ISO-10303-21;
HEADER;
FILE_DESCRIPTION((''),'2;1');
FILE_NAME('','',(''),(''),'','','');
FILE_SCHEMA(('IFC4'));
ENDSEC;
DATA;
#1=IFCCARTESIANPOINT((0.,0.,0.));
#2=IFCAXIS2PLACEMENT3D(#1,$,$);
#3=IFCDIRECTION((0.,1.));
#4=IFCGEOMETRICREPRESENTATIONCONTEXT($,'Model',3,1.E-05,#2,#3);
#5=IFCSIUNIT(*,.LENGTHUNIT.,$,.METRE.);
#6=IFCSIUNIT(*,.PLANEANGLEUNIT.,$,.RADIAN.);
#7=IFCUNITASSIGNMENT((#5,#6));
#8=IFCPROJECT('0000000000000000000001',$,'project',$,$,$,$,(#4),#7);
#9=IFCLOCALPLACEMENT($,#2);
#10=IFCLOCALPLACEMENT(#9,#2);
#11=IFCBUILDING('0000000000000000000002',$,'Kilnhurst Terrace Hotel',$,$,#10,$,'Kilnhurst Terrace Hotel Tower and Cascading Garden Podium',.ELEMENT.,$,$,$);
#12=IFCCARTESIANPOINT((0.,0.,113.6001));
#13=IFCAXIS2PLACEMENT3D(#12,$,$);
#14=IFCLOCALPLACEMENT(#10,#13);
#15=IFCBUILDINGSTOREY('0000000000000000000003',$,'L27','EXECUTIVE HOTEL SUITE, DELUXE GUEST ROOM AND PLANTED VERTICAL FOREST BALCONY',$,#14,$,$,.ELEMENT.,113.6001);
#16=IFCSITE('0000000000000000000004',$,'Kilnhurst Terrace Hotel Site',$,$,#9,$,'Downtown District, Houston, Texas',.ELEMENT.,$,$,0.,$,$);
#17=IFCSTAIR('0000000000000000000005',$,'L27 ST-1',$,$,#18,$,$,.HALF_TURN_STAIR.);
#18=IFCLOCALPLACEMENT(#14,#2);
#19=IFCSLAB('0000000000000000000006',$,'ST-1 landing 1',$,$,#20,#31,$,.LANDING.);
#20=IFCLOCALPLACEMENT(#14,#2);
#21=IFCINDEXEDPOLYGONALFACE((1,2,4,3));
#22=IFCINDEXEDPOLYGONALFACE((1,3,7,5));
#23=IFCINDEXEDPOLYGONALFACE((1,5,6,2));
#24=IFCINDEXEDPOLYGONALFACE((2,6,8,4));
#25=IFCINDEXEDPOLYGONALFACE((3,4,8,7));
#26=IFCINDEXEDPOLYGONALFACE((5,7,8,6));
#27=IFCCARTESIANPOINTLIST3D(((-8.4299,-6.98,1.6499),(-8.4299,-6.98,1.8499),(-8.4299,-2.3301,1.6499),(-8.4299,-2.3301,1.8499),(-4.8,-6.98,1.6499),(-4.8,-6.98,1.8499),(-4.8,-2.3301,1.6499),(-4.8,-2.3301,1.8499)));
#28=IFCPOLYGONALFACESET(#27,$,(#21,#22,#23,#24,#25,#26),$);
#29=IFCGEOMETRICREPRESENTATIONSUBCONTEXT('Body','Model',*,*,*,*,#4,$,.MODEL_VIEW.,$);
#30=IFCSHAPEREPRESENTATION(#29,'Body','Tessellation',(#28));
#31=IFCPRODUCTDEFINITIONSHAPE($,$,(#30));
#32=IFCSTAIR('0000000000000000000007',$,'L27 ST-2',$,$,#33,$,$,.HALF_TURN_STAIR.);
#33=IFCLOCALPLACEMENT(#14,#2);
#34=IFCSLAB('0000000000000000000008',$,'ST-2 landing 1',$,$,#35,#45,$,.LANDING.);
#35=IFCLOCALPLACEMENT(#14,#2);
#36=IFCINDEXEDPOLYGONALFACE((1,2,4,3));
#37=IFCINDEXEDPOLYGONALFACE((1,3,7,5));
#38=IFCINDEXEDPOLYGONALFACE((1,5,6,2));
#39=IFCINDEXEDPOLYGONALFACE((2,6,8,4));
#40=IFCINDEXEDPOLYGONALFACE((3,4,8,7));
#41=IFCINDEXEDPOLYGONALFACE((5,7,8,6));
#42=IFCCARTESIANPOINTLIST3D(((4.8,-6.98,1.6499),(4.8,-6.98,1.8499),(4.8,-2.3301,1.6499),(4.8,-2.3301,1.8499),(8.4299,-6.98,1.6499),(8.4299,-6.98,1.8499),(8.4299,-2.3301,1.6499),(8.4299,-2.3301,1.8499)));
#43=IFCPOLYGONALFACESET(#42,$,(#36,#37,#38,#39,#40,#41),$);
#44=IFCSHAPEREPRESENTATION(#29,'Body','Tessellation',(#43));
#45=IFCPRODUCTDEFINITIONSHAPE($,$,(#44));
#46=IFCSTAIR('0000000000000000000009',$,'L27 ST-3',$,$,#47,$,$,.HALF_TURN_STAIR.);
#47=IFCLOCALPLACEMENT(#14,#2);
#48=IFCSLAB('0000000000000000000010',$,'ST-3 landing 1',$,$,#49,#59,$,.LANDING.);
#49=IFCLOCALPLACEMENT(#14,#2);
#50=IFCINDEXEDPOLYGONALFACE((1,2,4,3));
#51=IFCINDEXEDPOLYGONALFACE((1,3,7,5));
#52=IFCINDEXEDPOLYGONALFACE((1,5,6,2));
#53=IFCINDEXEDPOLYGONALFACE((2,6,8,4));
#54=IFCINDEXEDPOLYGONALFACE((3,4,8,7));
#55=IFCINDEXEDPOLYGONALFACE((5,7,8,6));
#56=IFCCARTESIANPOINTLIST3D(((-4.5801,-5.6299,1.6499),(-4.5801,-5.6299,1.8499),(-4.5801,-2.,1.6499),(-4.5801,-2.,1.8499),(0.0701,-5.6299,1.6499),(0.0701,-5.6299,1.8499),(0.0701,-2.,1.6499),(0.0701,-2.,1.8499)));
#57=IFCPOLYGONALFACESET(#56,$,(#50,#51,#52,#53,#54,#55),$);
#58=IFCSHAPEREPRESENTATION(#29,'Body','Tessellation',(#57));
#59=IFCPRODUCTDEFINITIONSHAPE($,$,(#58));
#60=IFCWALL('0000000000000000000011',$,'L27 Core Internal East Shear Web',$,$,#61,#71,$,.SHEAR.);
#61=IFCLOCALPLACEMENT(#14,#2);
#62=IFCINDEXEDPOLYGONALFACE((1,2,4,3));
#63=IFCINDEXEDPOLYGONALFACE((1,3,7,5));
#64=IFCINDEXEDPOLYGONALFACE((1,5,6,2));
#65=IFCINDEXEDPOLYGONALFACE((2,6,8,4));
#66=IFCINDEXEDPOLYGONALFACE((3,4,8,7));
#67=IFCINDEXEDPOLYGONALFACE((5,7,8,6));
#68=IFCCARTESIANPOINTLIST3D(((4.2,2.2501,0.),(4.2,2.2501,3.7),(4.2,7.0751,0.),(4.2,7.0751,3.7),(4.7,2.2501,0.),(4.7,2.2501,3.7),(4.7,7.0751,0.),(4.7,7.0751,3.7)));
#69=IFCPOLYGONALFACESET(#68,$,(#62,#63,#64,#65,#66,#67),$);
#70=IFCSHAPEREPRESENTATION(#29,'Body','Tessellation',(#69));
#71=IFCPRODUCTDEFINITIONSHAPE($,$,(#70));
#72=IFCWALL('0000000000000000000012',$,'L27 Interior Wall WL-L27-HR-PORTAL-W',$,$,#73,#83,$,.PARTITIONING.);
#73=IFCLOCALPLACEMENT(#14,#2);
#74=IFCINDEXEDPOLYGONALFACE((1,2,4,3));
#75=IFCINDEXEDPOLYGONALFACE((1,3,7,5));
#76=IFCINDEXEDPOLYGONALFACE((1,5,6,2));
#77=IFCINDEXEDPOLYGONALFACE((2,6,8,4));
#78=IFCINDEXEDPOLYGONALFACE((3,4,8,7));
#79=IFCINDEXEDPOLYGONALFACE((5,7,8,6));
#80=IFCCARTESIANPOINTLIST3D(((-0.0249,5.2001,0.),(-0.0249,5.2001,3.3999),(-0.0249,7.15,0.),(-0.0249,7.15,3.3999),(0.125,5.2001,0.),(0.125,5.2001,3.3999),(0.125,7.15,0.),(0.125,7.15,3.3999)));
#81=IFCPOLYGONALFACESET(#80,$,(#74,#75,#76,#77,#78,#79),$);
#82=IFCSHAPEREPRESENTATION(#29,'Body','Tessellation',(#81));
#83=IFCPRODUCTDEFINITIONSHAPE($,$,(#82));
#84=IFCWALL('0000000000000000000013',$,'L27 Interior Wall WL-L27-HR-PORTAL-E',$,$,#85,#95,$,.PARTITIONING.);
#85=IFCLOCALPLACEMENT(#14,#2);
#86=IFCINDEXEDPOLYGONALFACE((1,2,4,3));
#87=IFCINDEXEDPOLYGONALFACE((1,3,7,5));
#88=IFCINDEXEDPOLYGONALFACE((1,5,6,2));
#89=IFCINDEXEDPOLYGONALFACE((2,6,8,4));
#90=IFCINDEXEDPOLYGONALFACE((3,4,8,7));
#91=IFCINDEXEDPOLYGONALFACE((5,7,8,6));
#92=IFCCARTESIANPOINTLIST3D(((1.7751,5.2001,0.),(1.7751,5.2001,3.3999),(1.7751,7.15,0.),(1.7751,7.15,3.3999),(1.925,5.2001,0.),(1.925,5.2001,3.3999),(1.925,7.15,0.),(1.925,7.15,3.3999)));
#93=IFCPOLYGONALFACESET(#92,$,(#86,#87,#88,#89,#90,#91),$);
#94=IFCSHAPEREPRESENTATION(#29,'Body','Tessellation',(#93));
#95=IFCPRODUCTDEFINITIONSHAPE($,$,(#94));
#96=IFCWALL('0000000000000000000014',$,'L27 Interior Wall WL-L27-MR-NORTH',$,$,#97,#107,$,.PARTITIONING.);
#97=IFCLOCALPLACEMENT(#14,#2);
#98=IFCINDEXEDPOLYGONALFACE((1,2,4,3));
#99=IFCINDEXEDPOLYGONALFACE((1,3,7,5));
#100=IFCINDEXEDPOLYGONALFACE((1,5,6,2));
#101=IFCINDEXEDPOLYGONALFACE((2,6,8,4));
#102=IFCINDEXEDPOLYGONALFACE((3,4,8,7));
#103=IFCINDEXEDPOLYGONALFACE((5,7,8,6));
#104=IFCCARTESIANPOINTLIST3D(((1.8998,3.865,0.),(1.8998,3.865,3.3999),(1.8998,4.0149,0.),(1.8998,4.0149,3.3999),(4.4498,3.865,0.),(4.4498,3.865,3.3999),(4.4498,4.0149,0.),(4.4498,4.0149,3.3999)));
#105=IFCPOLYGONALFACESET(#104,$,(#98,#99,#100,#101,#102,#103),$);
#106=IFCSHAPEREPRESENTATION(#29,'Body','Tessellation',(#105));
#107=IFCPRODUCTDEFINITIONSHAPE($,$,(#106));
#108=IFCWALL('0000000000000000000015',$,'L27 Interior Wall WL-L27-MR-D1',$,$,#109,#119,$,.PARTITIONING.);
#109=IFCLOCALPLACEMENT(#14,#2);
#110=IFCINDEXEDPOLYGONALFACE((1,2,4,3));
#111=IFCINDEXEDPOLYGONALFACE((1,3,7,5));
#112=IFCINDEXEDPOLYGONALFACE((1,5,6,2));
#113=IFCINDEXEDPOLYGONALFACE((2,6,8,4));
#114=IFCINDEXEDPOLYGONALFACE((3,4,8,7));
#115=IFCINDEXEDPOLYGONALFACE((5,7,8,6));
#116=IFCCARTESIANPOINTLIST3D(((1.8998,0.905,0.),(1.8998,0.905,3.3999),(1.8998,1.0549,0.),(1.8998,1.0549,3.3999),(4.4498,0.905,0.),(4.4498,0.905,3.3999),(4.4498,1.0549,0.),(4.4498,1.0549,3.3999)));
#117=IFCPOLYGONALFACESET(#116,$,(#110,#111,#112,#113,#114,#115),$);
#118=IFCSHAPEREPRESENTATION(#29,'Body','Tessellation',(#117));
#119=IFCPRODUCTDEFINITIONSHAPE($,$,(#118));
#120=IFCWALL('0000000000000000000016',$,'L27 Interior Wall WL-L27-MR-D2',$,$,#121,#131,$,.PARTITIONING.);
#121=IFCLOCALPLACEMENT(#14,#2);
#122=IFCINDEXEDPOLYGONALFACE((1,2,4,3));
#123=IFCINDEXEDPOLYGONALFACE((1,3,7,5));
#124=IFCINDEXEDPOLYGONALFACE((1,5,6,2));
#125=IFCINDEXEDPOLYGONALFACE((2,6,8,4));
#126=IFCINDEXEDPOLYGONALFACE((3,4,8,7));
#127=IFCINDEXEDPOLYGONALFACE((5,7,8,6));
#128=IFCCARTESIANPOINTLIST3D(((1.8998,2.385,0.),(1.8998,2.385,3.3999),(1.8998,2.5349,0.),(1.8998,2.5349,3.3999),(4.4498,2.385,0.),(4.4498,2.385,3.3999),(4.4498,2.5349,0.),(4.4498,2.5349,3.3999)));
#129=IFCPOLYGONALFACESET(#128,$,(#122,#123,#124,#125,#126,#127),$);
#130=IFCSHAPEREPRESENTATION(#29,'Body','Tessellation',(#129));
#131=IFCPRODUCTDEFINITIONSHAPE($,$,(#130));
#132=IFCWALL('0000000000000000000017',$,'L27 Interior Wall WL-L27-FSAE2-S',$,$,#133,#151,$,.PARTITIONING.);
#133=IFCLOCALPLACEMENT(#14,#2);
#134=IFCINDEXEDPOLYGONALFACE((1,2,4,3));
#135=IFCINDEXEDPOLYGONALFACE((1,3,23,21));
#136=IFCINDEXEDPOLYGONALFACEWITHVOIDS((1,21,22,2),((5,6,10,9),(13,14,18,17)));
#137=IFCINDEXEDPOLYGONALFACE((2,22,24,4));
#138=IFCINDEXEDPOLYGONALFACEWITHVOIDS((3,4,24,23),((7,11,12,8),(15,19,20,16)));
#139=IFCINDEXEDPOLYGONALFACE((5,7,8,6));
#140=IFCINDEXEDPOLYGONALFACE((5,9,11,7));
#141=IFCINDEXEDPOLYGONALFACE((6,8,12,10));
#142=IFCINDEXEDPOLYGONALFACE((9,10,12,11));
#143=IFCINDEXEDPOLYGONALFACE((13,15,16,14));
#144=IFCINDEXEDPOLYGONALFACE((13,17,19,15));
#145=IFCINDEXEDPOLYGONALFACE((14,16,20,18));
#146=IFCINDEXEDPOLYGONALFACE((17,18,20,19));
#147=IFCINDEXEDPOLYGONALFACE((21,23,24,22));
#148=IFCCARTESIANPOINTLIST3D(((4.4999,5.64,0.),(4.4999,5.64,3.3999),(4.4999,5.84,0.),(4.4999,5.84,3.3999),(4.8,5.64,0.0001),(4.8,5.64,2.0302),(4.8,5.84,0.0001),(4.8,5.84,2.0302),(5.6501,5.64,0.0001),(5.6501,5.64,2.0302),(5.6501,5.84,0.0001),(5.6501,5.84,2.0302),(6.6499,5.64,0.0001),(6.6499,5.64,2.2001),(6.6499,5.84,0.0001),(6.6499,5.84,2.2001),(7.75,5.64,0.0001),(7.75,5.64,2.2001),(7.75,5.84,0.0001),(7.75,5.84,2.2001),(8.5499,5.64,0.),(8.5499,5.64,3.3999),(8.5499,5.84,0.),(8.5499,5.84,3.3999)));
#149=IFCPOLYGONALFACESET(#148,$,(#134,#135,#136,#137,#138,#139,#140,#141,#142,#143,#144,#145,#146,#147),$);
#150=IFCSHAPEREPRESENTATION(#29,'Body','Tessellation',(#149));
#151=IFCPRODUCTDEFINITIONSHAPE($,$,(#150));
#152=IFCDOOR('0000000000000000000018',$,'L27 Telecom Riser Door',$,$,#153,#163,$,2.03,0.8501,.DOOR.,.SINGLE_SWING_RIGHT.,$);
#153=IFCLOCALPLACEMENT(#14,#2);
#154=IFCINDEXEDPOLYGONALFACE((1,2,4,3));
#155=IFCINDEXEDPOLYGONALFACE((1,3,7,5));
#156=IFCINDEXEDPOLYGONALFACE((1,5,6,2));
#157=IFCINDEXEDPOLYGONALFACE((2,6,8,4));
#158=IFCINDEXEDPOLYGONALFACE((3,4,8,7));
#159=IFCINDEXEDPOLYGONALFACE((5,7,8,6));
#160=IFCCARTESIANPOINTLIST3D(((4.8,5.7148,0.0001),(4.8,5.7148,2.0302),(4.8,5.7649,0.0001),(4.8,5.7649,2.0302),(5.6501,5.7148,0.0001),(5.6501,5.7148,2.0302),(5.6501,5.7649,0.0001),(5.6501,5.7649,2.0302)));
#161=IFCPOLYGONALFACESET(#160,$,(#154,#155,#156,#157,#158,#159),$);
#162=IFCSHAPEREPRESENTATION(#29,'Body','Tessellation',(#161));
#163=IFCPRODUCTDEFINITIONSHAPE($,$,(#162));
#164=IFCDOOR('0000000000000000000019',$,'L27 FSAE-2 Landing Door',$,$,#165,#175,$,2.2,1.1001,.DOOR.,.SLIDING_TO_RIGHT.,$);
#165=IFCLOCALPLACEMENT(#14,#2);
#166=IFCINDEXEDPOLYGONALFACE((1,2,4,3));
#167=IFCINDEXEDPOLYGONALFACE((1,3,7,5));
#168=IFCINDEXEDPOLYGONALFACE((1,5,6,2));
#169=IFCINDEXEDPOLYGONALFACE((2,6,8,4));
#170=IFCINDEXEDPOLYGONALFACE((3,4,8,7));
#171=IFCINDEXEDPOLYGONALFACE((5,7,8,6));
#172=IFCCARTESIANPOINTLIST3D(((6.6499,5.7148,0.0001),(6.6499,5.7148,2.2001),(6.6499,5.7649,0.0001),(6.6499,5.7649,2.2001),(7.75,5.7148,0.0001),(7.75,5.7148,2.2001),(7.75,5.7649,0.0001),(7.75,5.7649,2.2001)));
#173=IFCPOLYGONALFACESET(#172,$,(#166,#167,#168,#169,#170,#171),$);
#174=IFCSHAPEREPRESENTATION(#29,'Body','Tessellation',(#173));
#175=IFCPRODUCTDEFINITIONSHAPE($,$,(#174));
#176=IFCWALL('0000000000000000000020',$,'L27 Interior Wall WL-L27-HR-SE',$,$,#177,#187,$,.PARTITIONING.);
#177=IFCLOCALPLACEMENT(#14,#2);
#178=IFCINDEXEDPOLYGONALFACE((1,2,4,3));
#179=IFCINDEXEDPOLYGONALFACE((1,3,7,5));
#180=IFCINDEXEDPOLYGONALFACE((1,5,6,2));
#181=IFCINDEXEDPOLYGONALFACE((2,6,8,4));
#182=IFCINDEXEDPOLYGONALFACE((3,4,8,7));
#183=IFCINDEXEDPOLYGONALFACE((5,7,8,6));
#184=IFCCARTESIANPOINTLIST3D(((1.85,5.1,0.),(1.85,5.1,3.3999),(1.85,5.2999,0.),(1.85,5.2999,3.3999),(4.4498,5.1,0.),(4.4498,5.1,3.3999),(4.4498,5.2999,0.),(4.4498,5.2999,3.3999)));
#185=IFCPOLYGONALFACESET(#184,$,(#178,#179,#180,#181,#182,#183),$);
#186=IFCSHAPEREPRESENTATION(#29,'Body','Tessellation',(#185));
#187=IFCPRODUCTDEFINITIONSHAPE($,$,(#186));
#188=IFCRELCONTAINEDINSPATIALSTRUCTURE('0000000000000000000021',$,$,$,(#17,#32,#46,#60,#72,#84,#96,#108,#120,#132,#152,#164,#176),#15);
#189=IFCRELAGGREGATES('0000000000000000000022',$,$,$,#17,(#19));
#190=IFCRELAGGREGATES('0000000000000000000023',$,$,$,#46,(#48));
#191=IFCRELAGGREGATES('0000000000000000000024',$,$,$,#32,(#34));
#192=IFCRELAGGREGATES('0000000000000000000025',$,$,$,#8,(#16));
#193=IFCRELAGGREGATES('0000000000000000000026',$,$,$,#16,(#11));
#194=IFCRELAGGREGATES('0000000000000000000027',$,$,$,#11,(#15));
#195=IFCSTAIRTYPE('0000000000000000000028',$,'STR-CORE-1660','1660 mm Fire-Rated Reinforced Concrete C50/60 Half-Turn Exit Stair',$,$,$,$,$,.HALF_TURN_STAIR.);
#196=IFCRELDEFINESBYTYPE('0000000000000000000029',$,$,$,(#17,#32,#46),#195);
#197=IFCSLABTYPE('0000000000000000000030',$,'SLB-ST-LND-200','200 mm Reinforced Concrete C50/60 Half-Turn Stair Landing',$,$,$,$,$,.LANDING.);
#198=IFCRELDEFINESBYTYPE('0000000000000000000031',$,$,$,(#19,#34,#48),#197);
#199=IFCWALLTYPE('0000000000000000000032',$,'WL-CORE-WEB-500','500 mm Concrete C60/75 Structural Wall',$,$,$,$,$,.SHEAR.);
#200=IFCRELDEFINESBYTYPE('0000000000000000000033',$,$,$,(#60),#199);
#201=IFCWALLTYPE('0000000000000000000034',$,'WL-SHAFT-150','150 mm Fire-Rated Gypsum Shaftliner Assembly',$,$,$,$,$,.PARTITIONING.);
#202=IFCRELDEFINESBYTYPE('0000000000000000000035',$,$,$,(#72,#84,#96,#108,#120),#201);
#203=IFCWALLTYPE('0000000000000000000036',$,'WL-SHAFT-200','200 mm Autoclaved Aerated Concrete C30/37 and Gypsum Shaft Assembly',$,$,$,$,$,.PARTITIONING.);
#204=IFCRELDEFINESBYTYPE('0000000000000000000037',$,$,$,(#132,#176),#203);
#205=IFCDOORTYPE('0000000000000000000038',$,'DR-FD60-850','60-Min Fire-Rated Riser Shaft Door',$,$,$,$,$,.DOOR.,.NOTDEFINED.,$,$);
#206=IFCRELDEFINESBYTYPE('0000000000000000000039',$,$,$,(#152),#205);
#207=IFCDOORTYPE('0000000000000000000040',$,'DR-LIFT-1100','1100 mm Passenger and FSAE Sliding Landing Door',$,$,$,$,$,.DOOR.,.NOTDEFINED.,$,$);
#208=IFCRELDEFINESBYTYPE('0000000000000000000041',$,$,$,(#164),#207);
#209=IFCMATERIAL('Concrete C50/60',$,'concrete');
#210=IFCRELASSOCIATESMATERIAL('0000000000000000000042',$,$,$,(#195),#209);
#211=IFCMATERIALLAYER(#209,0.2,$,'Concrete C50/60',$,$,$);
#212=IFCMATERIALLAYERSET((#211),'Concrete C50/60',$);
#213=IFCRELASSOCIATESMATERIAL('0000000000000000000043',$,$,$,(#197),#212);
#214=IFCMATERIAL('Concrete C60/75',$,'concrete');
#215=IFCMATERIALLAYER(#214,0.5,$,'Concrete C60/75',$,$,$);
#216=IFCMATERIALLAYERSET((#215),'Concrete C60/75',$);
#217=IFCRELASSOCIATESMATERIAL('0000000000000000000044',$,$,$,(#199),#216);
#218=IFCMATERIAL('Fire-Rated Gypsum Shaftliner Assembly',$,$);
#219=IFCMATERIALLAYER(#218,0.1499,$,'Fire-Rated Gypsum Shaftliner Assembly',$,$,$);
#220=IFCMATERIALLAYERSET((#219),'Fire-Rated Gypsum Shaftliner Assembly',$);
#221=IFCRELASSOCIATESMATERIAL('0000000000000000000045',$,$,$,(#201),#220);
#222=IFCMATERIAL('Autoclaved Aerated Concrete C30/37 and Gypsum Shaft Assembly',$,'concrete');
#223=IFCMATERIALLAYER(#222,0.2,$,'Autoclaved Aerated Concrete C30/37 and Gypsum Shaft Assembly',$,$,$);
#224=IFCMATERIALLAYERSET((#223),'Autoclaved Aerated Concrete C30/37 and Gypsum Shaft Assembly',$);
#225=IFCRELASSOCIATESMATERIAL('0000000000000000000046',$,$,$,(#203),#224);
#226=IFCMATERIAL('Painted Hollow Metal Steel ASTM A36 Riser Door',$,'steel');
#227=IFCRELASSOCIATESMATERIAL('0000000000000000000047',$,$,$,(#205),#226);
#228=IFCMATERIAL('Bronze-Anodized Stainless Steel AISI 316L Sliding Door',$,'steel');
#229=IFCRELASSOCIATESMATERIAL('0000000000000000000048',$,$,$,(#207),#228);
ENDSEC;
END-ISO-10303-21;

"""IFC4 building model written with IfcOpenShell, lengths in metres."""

from ifc_helpers import new_model, si_unit, direction, frame, frame_2d, origin, place, context, subcontext, project, spatial, polyline, rectangle, outline, extrude, material, layer, layer_set, type_object, element, fill, aggregate, save


model = new_model("IFC4")

# Units and contexts
model_context = context("Model", 3, precision=1e-05, world=origin(), true_north=direction((0.0, 1.0)))
body_context = subcontext(model_context, "Body", "Model", "MODEL_VIEW")
ifc_project = project(units=[si_unit("LENGTHUNIT", "METRE"), si_unit("PLANEANGLEUNIT", "RADIAN")], contexts=[model_context])

# Site, building, storey
site_placement = place(None, origin())
site = spatial("IfcSite", under=ifc_project, at=site_placement, Name="Kilnhurst Terrace Hotel Site", LongName="Downtown District, Houston, Texas", CompositionType="ELEMENT", RefElevation=0.0)
building_placement = place(site_placement, origin())
building = spatial("IfcBuilding", under=site, at=building_placement, Name="Kilnhurst Terrace Hotel", LongName="Kilnhurst Terrace Hotel Tower and Cascading Garden Podium", CompositionType="ELEMENT")
storey_placement = place(building_placement, frame((0.0, 0.0, 113.6001)))
storey = spatial("IfcBuildingStorey", under=building, at=storey_placement, Name="L27", Description="EXECUTIVE HOTEL SUITE, DELUXE GUEST ROOM AND PLANTED VERTICAL FOREST BALCONY", CompositionType="ELEMENT", Elevation=113.6001)

# Stairs, slabs
ifc_material_1 = material(Name="Concrete C50/60", Category="concrete")
stair_type = type_object("IfcStairType", Name="STR-CORE-1660", Description="1660 mm Fire-Rated Reinforced Concrete C50/60 Half-Turn Exit Stair", PredefinedType="HALF_TURN_STAIR", material=ifc_material_1)
stair_1_placement = place(storey_placement, origin())
stair_1 = element("IfcStair", 1, at=stair_1_placement, inside=storey, type_object=stair_type, Name="L27 ST-1", PredefinedType="HALF_TURN_STAIR")
ifc_layer_1 = layer(ifc_material_1, 0.2, Name="Concrete C50/60")
ifc_layer_set_1 = layer_set([ifc_layer_1], Name="Concrete C50/60")
slab_type = type_object("IfcSlabType", Name="SLB-ST-LND-200", Description="200 mm Reinforced Concrete C50/60 Half-Turn Stair Landing", PredefinedType="LANDING", material=ifc_layer_set_1)
slab_1_placement = place(storey_placement, frame((0.0, 0.0, 1.6499)))
slab_1 = element("IfcSlab", 2, at=slab_1_placement, type_object=slab_type, Name="ST-1 landing 1", PredefinedType="LANDING", context=body_context, shape_type="SweptSolid", body=[
    extrude(outline(polyline([(-8.4299, -2.3301), (-4.8, -2.3301), (-4.8, -6.98), (-8.4299, -6.98), (-8.4299, -2.3301)])), origin(), (0.0, 0.0, 1.0), 0.2),
])
aggregate(stair_1, [slab_1])
stair_2_placement = place(storey_placement, origin())
stair_2 = element("IfcStair", 3, at=stair_2_placement, inside=storey, type_object=stair_type, Name="L27 ST-2", PredefinedType="HALF_TURN_STAIR")
slab_2_placement = place(storey_placement, frame((0.0, 0.0, 1.6499)))
slab_2 = element("IfcSlab", 4, at=slab_2_placement, type_object=slab_type, Name="ST-2 landing 1", PredefinedType="LANDING", context=body_context, shape_type="SweptSolid", body=[
    extrude(outline(polyline([(4.8, -2.3301), (8.4299, -2.3301), (8.4299, -6.98), (4.8, -6.98), (4.8, -2.3301)])), origin(), (0.0, 0.0, 1.0), 0.2),
])
stair_3_placement = place(storey_placement, origin())
stair_3 = element("IfcStair", 5, at=stair_3_placement, inside=storey, type_object=stair_type, Name="L27 ST-3", PredefinedType="HALF_TURN_STAIR")
slab_3_placement = place(storey_placement, frame((0.0, 0.0, 1.6499)))
slab_3 = element("IfcSlab", 6, at=slab_3_placement, type_object=slab_type, Name="ST-3 landing 1", PredefinedType="LANDING", context=body_context, shape_type="SweptSolid", body=[
    extrude(outline(polyline([(0.0701, -2.0), (0.0701, -5.6299), (-4.5801, -5.6299), (-4.5801, -2.0), (0.0701, -2.0)])), origin(), (0.0, 0.0, 1.0), 0.2),
])
aggregate(stair_3, [slab_3])

# Walls
ifc_material_2 = material(Name="Concrete C60/75", Category="concrete")
ifc_layer_2 = layer(ifc_material_2, 0.5, Name="Concrete C60/75")
ifc_layer_set_2 = layer_set([ifc_layer_2], Name="Concrete C60/75")
wall_type_1 = type_object("IfcWallType", Name="WL-CORE-WEB-500", Description="500 mm Concrete C60/75 Structural Wall", PredefinedType="SHEAR", material=ifc_layer_set_2)
wall_1_placement = place(storey_placement, frame((4.45, 2.25, 0.0), z_axis=(0.0, 0.0, 1.0), x_axis=(0.0, 1.0, 0.0)))
element("IfcWall", 7, at=wall_1_placement, inside=storey, type_object=wall_type_1, Name="L27 Core Internal East Shear Web", PredefinedType="SHEAR", context=body_context, shape_type="SweptSolid", body=[
    extrude(rectangle(XDim=4.825, YDim=0.5, at=frame_2d((2.4126, 0.0))), origin(), (0.0, 0.0, 1.0), 3.7),
])
ifc_material_3 = material(Name="Fire-Rated Gypsum Shaftliner Assembly")
ifc_layer_3 = layer(ifc_material_3, 0.1499, Name="Fire-Rated Gypsum Shaftliner Assembly")
ifc_layer_set_3 = layer_set([ifc_layer_3], Name="Fire-Rated Gypsum Shaftliner Assembly")
wall_type_2 = type_object("IfcWallType", Name="WL-SHAFT-150", Description="150 mm Fire-Rated Gypsum Shaftliner Assembly", PredefinedType="PARTITIONING", material=ifc_layer_set_3)
for number, where, z_axis, x_axis, name in (
    (8, (0.05, 5.2, 0.0), (0.0, 0.0, 1.0), (0.0, 1.0, 0.0), "L27 Interior Wall WL-L27-HR-PORTAL-W"),
    (9, (1.8501, 5.2, 0.0), (0.0, 0.0, 1.0), (0.0, 1.0, 0.0), "L27 Interior Wall WL-L27-HR-PORTAL-E"),
):
    element("IfcWall", number, at=place(storey_placement, frame(where, z_axis=z_axis, x_axis=x_axis)), inside=storey, type_object=wall_type_2, Name=name, PredefinedType="PARTITIONING", context=body_context, shape_type="SweptSolid", body=[
        extrude(rectangle(XDim=1.95, YDim=0.1499, at=frame_2d((0.9751, 0.0))), origin(), (0.0, 0.0, 1.0), 3.3999),
    ])
for number, where, z_axis, x_axis, name in (
    (10, (1.8999, 3.9399, 0.0), (0.0, 0.0, 1.0), (1.0, 0.0, 0.0), "L27 Interior Wall WL-L27-MR-NORTH"),
    (11, (1.8999, 0.98, 0.0), (0.0, 0.0, 1.0), (1.0, 0.0, 0.0), "L27 Interior Wall WL-L27-MR-D1"),
    (12, (1.8999, 2.46, 0.0), (0.0, 0.0, 1.0), (1.0, 0.0, 0.0), "L27 Interior Wall WL-L27-MR-D2"),
):
    element("IfcWall", number, at=place(storey_placement, frame(where, z_axis=z_axis, x_axis=x_axis)), inside=storey, type_object=wall_type_2, Name=name, PredefinedType="PARTITIONING", context=body_context, shape_type="SweptSolid", body=[
        extrude(rectangle(XDim=2.55, YDim=0.1499, at=frame_2d((1.2749, 0.0))), origin(), (0.0, 0.0, 1.0), 3.3999),
    ])

# Wall, openings, doors
ifc_material_4 = material(Name="Autoclaved Aerated Concrete C30/37 and Gypsum Shaft Assembly", Category="concrete")
ifc_layer_4 = layer(ifc_material_4, 0.2, Name="Autoclaved Aerated Concrete C30/37 and Gypsum Shaft Assembly")
ifc_layer_set_4 = layer_set([ifc_layer_4], Name="Autoclaved Aerated Concrete C30/37 and Gypsum Shaft Assembly")
wall_type_3 = type_object("IfcWallType", Name="WL-SHAFT-200", Description="200 mm Autoclaved Aerated Concrete C30/37 and Gypsum Shaft Assembly", PredefinedType="PARTITIONING", material=ifc_layer_set_4)
wall_2_placement = place(storey_placement, frame((4.5, 5.74, 0.0), z_axis=(0.0, 0.0, 1.0), x_axis=(1.0, 0.0, 0.0)))
wall_2 = element("IfcWall", 13, at=wall_2_placement, inside=storey, type_object=wall_type_3, Name="L27 Interior Wall WL-L27-FSAE2-S", PredefinedType="PARTITIONING", context=body_context, shape_type="SweptSolid", body=[
    extrude(rectangle(XDim=4.05, YDim=0.2, at=frame_2d((2.0249, 0.0))), origin(), (0.0, 0.0, 1.0), 3.3999),
])
opening_1_placement = place(wall_2_placement, frame((0.3, 0.0, 0.0)))
opening_1 = element("IfcOpeningElement", 14, at=opening_1_placement, cuts=wall_2, PredefinedType="OPENING", context=body_context, shape_type="SweptSolid", body=[
    extrude(rectangle(XDim=0.8501, YDim=2.03, at=frame_2d((0.425, 1.0151))), frame((0.0, 0.1099, 0.0), z_axis=(0.0, -1.0, 0.0), x_axis=(1.0, 0.0, 0.0)), (0.0, 0.0, 1.0), 0.22),
])
opening_2_placement = place(wall_2_placement, frame((2.1499, 0.0, 0.0)))
opening_2 = element("IfcOpeningElement", 15, at=opening_2_placement, cuts=wall_2, PredefinedType="OPENING", context=body_context, shape_type="SweptSolid", body=[
    extrude(rectangle(XDim=1.1001, YDim=2.2, at=frame_2d((0.55, 1.1001))), frame((0.0, 0.1099, 0.0), z_axis=(0.0, -1.0, 0.0), x_axis=(1.0, 0.0, 0.0)), (0.0, 0.0, 1.0), 0.22),
])
ifc_material_5 = material(Name="Painted Hollow Metal Steel ASTM A36 Riser Door", Category="steel")
door_type_1 = type_object("IfcDoorType", Name="DR-FD60-850", Description="60-Min Fire-Rated Riser Shaft Door", OperationType="NOTDEFINED", PredefinedType="DOOR", material=ifc_material_5)
door_1_placement = place(opening_1_placement, origin())
door_1 = element("IfcDoor", 16, at=door_1_placement, inside=storey, type_object=door_type_1, Name="L27 Telecom Riser Door", OperationType="SINGLE_SWING_RIGHT", OverallHeight=2.03, OverallWidth=0.8501, PredefinedType="DOOR", context=body_context, shape_type="SweptSolid", body=[
    extrude(rectangle(XDim=0.8501, YDim=2.03, at=frame_2d((0.425, 1.0151))), frame((0.0, 0.0249, 0.0), z_axis=(0.0, -1.0, 0.0), x_axis=(1.0, 0.0, 0.0)), (0.0, 0.0, 1.0), 0.05),
])
fill(opening_1, door_1)
ifc_material_6 = material(Name="Bronze-Anodized Stainless Steel AISI 316L Sliding Door", Category="steel")
door_type_2 = type_object("IfcDoorType", Name="DR-LIFT-1100", Description="1100 mm Passenger and FSAE Sliding Landing Door", OperationType="NOTDEFINED", PredefinedType="DOOR", material=ifc_material_6)
door_2_placement = place(opening_2_placement, origin())
door_2 = element("IfcDoor", 17, at=door_2_placement, inside=storey, type_object=door_type_2, Name="L27 FSAE-2 Landing Door", OperationType="SLIDING_TO_RIGHT", OverallHeight=2.2, OverallWidth=1.1001, PredefinedType="DOOR", context=body_context, shape_type="SweptSolid", body=[
    extrude(rectangle(XDim=1.1001, YDim=2.2, at=frame_2d((0.55, 1.1001))), frame((0.0, 0.0249, 0.0), z_axis=(0.0, -1.0, 0.0), x_axis=(1.0, 0.0, 0.0)), (0.0, 0.0, 1.0), 0.05),
])
fill(opening_2, door_2)

# Wall
wall_3_placement = place(storey_placement, frame((1.8501, 5.2, 0.0), z_axis=(0.0, 0.0, 1.0), x_axis=(1.0, 0.0, 0.0)))
element("IfcWall", 18, at=wall_3_placement, inside=storey, type_object=wall_type_3, Name="L27 Interior Wall WL-L27-HR-SE", PredefinedType="PARTITIONING", context=body_context, shape_type="SweptSolid", body=[
    extrude(rectangle(XDim=2.5999, YDim=0.2, at=frame_2d((1.2998, 0.0))), origin(), (0.0, 0.0, 1.0), 3.3999),
])

aggregate(stair_2, [slab_2])

save(model, "model.ifc")
